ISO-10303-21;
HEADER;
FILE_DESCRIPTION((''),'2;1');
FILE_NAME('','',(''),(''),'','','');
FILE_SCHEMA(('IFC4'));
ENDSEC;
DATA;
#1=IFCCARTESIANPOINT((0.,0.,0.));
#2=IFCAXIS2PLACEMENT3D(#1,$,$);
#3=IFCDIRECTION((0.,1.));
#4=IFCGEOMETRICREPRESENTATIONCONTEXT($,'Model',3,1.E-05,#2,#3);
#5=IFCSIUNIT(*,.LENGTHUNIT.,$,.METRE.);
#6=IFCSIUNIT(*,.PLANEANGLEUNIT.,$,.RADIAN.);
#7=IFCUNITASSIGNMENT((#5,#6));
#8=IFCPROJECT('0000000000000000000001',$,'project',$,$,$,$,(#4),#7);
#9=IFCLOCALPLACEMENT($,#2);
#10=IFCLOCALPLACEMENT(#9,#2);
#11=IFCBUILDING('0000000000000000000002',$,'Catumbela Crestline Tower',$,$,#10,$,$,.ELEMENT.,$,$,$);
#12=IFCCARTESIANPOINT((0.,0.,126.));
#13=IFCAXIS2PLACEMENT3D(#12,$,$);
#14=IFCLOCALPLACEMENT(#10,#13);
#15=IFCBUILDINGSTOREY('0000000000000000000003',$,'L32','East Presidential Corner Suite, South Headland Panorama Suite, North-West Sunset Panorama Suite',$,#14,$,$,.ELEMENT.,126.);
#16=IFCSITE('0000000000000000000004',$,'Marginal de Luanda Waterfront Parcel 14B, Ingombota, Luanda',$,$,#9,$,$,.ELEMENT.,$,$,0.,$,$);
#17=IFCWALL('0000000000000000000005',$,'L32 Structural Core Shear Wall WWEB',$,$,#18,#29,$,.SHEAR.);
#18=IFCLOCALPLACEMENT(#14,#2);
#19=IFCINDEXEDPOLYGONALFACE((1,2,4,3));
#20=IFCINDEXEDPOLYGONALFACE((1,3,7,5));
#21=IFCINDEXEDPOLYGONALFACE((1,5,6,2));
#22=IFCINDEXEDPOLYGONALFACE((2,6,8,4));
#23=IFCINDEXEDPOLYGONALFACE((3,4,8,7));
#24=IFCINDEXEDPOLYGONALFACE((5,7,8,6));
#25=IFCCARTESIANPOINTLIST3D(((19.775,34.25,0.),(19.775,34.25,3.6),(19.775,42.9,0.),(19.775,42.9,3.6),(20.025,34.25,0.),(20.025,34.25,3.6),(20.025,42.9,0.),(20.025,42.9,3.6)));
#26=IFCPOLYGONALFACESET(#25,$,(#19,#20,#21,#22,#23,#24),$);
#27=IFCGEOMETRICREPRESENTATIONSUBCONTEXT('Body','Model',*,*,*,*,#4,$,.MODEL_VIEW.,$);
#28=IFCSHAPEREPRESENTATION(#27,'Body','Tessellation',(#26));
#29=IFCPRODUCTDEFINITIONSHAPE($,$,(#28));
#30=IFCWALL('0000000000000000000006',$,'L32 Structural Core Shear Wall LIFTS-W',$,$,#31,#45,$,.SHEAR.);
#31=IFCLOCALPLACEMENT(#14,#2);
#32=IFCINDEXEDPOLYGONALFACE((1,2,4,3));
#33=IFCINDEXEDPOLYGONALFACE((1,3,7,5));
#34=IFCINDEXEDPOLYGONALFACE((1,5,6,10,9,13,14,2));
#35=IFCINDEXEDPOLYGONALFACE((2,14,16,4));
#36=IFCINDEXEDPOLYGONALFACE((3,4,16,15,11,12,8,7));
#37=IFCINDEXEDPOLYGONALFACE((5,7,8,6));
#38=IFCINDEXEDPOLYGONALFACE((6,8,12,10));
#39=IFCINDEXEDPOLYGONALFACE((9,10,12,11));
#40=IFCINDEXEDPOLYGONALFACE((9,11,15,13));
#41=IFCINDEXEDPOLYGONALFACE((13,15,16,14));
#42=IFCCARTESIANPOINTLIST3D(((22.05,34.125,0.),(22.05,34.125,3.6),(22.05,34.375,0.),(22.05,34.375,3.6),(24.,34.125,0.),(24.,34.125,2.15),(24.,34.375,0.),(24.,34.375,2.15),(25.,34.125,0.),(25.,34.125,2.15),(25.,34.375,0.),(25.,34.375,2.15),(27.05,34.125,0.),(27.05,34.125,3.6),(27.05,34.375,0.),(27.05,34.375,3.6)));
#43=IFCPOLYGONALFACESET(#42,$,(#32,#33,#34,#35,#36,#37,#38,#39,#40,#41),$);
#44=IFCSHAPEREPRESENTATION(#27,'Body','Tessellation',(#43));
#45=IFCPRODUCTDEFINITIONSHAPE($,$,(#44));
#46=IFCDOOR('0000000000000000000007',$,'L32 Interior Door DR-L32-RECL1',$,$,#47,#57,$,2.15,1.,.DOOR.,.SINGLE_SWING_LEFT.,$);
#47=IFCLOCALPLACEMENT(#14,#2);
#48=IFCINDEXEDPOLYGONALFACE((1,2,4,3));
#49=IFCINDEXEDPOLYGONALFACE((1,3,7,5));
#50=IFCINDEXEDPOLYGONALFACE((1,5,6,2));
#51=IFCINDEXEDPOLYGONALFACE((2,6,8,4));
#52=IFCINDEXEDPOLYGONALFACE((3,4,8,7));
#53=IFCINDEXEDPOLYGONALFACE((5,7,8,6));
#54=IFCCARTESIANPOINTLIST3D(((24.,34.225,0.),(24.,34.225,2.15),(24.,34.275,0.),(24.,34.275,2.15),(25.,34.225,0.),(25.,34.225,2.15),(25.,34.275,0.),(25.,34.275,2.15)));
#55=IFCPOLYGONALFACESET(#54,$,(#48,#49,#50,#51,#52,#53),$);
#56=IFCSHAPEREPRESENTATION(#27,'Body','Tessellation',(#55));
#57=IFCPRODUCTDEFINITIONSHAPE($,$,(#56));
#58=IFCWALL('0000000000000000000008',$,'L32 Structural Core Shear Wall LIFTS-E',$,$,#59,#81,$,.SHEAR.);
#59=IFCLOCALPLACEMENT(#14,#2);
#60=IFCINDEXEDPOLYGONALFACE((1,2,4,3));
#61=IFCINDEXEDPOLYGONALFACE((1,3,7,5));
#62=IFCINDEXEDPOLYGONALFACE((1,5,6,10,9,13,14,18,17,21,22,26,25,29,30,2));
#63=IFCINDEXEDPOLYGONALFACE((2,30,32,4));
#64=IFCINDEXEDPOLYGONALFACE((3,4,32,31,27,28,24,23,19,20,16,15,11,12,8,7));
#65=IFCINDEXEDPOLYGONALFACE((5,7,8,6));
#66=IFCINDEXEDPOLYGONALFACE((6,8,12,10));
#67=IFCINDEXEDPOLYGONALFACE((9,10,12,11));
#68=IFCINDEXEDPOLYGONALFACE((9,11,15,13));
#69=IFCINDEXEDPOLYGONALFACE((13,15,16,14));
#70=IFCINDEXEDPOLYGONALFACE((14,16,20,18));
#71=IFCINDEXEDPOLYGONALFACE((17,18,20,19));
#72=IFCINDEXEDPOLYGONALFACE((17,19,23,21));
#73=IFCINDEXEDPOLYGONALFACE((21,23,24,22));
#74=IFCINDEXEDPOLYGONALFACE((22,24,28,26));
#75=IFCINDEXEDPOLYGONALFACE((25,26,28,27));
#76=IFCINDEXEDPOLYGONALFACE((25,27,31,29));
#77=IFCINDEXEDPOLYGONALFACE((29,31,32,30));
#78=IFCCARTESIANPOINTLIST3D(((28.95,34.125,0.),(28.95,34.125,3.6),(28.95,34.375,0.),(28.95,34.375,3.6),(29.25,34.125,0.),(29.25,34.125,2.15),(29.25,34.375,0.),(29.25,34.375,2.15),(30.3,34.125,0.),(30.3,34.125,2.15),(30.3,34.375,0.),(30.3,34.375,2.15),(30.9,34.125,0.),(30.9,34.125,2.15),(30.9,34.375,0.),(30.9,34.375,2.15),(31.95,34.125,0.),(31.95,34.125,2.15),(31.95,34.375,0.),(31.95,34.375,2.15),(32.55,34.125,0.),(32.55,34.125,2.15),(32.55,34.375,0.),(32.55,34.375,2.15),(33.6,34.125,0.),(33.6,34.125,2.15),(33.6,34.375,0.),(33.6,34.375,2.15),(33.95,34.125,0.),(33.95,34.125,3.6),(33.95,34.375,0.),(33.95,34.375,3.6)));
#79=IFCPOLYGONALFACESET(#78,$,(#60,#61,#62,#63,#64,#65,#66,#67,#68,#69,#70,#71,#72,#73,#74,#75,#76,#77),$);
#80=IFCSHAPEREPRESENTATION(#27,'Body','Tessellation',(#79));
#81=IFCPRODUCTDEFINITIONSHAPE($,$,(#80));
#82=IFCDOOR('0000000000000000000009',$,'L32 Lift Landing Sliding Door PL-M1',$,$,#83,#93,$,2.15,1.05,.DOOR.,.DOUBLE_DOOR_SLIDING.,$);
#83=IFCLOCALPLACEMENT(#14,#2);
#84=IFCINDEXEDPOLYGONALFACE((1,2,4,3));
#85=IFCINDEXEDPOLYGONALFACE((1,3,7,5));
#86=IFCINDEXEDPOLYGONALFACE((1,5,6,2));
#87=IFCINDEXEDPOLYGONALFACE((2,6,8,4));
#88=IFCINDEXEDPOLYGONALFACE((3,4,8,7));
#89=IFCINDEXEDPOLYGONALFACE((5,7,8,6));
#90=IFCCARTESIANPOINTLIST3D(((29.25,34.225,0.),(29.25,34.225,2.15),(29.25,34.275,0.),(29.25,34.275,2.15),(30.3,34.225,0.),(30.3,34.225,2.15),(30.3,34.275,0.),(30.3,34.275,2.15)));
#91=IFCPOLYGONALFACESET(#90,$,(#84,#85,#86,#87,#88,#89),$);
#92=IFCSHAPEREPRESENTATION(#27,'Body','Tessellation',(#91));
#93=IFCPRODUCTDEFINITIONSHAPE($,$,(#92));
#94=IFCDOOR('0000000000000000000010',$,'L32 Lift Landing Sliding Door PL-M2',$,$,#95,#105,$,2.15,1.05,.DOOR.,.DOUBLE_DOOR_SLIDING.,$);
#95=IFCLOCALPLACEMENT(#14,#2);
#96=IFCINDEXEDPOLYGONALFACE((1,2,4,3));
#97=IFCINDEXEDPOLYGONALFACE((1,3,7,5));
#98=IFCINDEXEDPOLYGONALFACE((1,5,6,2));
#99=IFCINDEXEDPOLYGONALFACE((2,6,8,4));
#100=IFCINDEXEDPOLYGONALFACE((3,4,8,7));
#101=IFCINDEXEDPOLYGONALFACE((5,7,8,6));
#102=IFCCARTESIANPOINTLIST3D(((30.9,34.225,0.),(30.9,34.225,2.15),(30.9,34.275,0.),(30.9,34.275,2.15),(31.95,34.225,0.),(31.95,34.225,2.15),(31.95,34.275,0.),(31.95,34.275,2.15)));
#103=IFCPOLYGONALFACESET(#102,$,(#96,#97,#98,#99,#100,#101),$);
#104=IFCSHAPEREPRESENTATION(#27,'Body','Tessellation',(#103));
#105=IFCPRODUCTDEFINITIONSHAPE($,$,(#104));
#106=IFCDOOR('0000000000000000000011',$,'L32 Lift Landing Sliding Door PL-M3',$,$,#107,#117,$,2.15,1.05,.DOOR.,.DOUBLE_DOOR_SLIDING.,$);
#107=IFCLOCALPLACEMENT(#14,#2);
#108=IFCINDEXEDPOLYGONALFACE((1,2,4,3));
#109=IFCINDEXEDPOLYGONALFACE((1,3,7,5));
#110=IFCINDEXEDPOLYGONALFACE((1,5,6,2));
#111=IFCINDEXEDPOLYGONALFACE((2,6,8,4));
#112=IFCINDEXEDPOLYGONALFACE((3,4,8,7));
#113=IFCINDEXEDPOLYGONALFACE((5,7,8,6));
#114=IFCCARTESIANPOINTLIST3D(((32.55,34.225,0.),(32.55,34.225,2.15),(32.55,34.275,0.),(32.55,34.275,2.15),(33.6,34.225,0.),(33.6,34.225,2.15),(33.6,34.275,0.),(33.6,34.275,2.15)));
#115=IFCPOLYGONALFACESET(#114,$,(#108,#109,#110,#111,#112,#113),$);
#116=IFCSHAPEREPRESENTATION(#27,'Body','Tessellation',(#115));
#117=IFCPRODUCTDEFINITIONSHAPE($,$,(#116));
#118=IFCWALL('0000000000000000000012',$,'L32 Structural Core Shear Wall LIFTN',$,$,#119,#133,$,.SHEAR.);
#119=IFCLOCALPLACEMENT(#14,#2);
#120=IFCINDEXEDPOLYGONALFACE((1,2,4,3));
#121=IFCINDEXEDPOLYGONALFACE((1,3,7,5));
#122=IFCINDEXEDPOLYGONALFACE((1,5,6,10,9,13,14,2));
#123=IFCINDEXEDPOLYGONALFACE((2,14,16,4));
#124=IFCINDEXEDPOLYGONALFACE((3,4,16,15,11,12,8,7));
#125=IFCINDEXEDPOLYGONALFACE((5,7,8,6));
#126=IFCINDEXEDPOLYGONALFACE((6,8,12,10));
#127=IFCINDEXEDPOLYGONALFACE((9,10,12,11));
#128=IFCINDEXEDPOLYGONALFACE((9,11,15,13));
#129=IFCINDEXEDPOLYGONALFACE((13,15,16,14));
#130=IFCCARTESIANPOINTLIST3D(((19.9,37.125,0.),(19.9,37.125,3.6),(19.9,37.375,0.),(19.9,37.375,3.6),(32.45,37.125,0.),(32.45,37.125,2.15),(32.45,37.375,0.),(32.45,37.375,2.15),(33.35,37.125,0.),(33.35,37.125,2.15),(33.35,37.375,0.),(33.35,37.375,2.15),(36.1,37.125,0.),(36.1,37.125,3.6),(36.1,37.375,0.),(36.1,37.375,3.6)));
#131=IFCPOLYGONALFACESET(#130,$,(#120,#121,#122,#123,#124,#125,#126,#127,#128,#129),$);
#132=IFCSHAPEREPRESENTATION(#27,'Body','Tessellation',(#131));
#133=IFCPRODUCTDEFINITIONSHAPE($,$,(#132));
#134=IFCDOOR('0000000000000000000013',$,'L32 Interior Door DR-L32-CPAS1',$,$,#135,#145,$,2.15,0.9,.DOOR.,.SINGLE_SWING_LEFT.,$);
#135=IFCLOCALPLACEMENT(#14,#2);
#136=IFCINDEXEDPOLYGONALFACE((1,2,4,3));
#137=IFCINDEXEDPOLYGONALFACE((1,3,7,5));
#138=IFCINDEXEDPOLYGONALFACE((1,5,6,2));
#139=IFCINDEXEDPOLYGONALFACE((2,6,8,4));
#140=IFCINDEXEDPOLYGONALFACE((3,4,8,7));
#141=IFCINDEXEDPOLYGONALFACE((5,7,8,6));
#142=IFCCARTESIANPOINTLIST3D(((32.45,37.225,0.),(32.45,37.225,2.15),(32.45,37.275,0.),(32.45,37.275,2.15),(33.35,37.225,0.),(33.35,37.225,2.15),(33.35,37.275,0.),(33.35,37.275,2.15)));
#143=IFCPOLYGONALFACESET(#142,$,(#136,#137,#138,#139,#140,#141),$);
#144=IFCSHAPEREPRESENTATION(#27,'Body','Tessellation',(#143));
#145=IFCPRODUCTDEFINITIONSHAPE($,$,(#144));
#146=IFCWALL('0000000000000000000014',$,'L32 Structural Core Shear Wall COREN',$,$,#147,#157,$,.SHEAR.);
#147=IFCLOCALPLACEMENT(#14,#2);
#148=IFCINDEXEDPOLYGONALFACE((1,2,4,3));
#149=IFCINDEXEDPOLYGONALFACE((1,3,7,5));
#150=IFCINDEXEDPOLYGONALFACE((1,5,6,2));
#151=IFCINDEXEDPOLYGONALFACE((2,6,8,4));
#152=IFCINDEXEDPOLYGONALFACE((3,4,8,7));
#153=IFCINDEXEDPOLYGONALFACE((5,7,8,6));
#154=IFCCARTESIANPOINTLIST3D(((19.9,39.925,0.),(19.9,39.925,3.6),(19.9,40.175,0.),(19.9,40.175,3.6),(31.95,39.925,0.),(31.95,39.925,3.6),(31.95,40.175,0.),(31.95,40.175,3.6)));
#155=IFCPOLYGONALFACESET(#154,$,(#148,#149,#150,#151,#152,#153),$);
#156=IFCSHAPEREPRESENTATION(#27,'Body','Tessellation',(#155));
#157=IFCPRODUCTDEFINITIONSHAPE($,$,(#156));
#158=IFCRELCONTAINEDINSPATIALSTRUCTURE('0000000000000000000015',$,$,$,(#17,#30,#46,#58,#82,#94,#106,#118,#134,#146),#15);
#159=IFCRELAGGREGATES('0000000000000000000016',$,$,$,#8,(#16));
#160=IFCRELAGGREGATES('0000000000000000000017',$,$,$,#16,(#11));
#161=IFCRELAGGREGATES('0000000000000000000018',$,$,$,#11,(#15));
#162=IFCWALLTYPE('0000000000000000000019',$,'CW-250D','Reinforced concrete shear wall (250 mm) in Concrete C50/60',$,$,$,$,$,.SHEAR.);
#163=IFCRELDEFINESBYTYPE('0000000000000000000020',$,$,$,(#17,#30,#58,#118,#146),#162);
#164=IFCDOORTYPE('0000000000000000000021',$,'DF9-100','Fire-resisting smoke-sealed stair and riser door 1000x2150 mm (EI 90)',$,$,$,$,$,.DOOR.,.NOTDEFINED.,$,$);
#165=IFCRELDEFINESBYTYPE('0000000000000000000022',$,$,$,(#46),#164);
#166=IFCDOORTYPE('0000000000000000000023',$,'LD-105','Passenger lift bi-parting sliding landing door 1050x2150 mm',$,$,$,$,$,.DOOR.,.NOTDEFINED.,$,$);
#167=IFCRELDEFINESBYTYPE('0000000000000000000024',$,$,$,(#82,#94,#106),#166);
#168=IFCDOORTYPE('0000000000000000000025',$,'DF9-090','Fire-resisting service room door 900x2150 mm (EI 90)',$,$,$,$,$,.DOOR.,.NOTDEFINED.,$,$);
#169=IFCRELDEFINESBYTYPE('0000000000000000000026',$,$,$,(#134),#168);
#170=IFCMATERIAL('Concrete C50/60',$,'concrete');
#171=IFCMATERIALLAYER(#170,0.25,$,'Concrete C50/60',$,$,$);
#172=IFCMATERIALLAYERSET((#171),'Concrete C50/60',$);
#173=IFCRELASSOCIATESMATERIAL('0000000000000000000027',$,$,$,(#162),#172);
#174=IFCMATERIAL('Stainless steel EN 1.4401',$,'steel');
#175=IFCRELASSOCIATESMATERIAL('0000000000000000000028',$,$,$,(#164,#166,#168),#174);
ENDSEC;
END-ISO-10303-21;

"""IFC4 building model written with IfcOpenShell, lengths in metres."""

from ifc_helpers import new_model, si_unit, direction, frame, frame_2d, origin, place, context, subcontext, project, spatial, rectangle, extrude, material, layer, layer_set, type_object, element, fill, save


model = new_model("IFC4")

# Units and contexts
model_context = context("Model", 3, precision=1e-05, world=origin(), true_north=direction((0.0, 1.0)))
body_context = subcontext(model_context, "Body", "Model", "MODEL_VIEW")
ifc_project = project(units=[si_unit("LENGTHUNIT", "METRE"), si_unit("PLANEANGLEUNIT", "RADIAN")], contexts=[model_context])

# Site, building, storey
site_placement = place(None, origin())
site = spatial("IfcSite", under=ifc_project, at=site_placement, Name="Marginal de Luanda Waterfront Parcel 14B, Ingombota, Luanda", CompositionType="ELEMENT", RefElevation=0.0)
building_placement = place(site_placement, origin())
building = spatial("IfcBuilding", under=site, at=building_placement, Name="Catumbela Crestline Tower", CompositionType="ELEMENT")
storey_placement = place(building_placement, frame((0.0, 0.0, 126.0)))
storey = spatial("IfcBuildingStorey", under=building, at=storey_placement, Name="L32", Description="East Presidential Corner Suite, South Headland Panorama Suite, North-West Sunset Panorama Suite", CompositionType="ELEMENT", Elevation=126.0)

# Wall
ifc_material_1 = material(Name="Concrete C50/60", Category="concrete")
ifc_layer_1 = layer(ifc_material_1, 0.25, Name="Concrete C50/60")
ifc_layer_set_1 = layer_set([ifc_layer_1], Name="Concrete C50/60")
wall_type_1 = type_object("IfcWallType", Name="CW-250D", Description="Reinforced concrete shear wall (250 mm) in Concrete C50/60", PredefinedType="SHEAR", material=ifc_layer_set_1)
wall_1_placement = place(storey_placement, frame((19.9, 34.25, 0.0), z_axis=(0.0, 0.0, 1.0), x_axis=(0.0, 1.0, 0.0)))
element("IfcWall", 1, at=wall_1_placement, inside=storey, type_object=wall_type_1, Name="L32 Structural Core Shear Wall WWEB", PredefinedType="SHEAR", context=body_context, shape_type="SweptSolid", body=[
    extrude(rectangle(XDim=8.65, YDim=0.25, at=frame_2d((4.325, 0.0))), origin(), (0.0, 0.0, 1.0), 3.6),
])

# Wall, opening, door
wall_2_placement = place(storey_placement, frame((22.05, 34.25, 0.0), z_axis=(0.0, 0.0, 1.0), x_axis=(1.0, 0.0, 0.0)))
wall_2 = element("IfcWall", 2, at=wall_2_placement, inside=storey, type_object=wall_type_1, Name="L32 Structural Core Shear Wall LIFTS-W", PredefinedType="SHEAR", context=body_context, shape_type="SweptSolid", body=[
    extrude(rectangle(XDim=5.0, YDim=0.25, at=frame_2d((2.5, 0.0))), origin(), (0.0, 0.0, 1.0), 3.6),
])
opening_1_placement = place(wall_2_placement, frame((1.95, 0.0, 0.0)))
opening_1 = element("IfcOpeningElement", 3, at=opening_1_placement, cuts=wall_2, PredefinedType="OPENING", context=body_context, shape_type="SweptSolid", body=[
    extrude(rectangle(XDim=1.0, YDim=2.15, at=frame_2d((0.5, 1.075))), frame((0.0, 0.135, 0.0), z_axis=(0.0, -1.0, 0.0), x_axis=(1.0, 0.0, 0.0)), (0.0, 0.0, 1.0), 0.27),
])
ifc_material_2 = material(Name="Stainless steel EN 1.4401", Category="steel")
door_type_1 = type_object("IfcDoorType", Name="DF9-100", Description="Fire-resisting smoke-sealed stair and riser door 1000x2150 mm (EI 90)", OperationType="NOTDEFINED", PredefinedType="DOOR", material=ifc_material_2)
door_1_placement = place(opening_1_placement, origin())
door_1 = element("IfcDoor", 4, at=door_1_placement, inside=storey, type_object=door_type_1, Name="L32 Interior Door DR-L32-RECL1", OperationType="SINGLE_SWING_LEFT", OverallHeight=2.15, OverallWidth=1.0, PredefinedType="DOOR", context=body_context, shape_type="SweptSolid", body=[
    extrude(rectangle(XDim=1.0, YDim=2.15, at=frame_2d((0.5, 1.075))), frame((0.0, 0.025, 0.0), z_axis=(0.0, -1.0, 0.0), x_axis=(1.0, 0.0, 0.0)), (0.0, 0.0, 1.0), 0.05),
])
fill(opening_1, door_1)

# Wall, openings, doors
wall_3_placement = place(storey_placement, frame((28.95, 34.25, 0.0), z_axis=(0.0, 0.0, 1.0), x_axis=(1.0, 0.0, 0.0)))
wall_3 = element("IfcWall", 5, at=wall_3_placement, inside=storey, type_object=wall_type_1, Name="L32 Structural Core Shear Wall LIFTS-E", PredefinedType="SHEAR", context=body_context, shape_type="SweptSolid", body=[
    extrude(rectangle(XDim=5.0, YDim=0.25, at=frame_2d((2.5, 0.0))), origin(), (0.0, 0.0, 1.0), 3.6),
])
opening_2_placement = place(wall_3_placement, frame((0.3, 0.0, 0.0)))
opening_2 = element("IfcOpeningElement", 6, at=opening_2_placement, cuts=wall_3, PredefinedType="OPENING", context=body_context, shape_type="SweptSolid", body=[
    extrude(rectangle(XDim=1.05, YDim=2.15, at=frame_2d((0.525, 1.075))), frame((0.0, 0.135, 0.0), z_axis=(0.0, -1.0, 0.0), x_axis=(1.0, 0.0, 0.0)), (0.0, 0.0, 1.0), 0.27),
])
opening_3_placement = place(wall_3_placement, frame((1.95, 0.0, 0.0)))
opening_3 = element("IfcOpeningElement", 7, at=opening_3_placement, cuts=wall_3, PredefinedType="OPENING", context=body_context, shape_type="SweptSolid", body=[
    extrude(rectangle(XDim=1.05, YDim=2.15, at=frame_2d((0.525, 1.075))), frame((0.0, 0.135, 0.0), z_axis=(0.0, -1.0, 0.0), x_axis=(1.0, 0.0, 0.0)), (0.0, 0.0, 1.0), 0.27),
])
opening_4_placement = place(wall_3_placement, frame((3.6, 0.0, 0.0)))
opening_4 = element("IfcOpeningElement", 8, at=opening_4_placement, cuts=wall_3, PredefinedType="OPENING", context=body_context, shape_type="SweptSolid", body=[
    extrude(rectangle(XDim=1.05, YDim=2.15, at=frame_2d((0.525, 1.075))), frame((0.0, 0.135, 0.0), z_axis=(0.0, -1.0, 0.0), x_axis=(1.0, 0.0, 0.0)), (0.0, 0.0, 1.0), 0.27),
])
door_type_2 = type_object("IfcDoorType", Name="LD-105", Description="Passenger lift bi-parting sliding landing door 1050x2150 mm", OperationType="NOTDEFINED", PredefinedType="DOOR", material=ifc_material_2)
door_2_placement = place(opening_2_placement, origin())
door_2 = element("IfcDoor", 9, at=door_2_placement, inside=storey, type_object=door_type_2, Name="L32 Lift Landing Sliding Door PL-M1", OperationType="DOUBLE_DOOR_SLIDING", OverallHeight=2.15, OverallWidth=1.05, PredefinedType="DOOR", context=body_context, shape_type="SweptSolid", body=[
    extrude(rectangle(XDim=1.05, YDim=2.15, at=frame_2d((0.525, 1.075))), frame((0.0, 0.025, 0.0), z_axis=(0.0, -1.0, 0.0), x_axis=(1.0, 0.0, 0.0)), (0.0, 0.0, 1.0), 0.05),
])
fill(opening_2, door_2)
door_3_placement = place(opening_3_placement, origin())
door_3 = element("IfcDoor", 10, at=door_3_placement, inside=storey, type_object=door_type_2, Name="L32 Lift Landing Sliding Door PL-M2", OperationType="DOUBLE_DOOR_SLIDING", OverallHeight=2.15, OverallWidth=1.05, PredefinedType="DOOR", context=body_context, shape_type="SweptSolid", body=[
    extrude(rectangle(XDim=1.05, YDim=2.15, at=frame_2d((0.525, 1.075))), frame((0.0, 0.025, 0.0), z_axis=(0.0, -1.0, 0.0), x_axis=(1.0, 0.0, 0.0)), (0.0, 0.0, 1.0), 0.05),
])
fill(opening_3, door_3)
door_4_placement = place(opening_4_placement, origin())
door_4 = element("IfcDoor", 11, at=door_4_placement, inside=storey, type_object=door_type_2, Name="L32 Lift Landing Sliding Door PL-M3", OperationType="DOUBLE_DOOR_SLIDING", OverallHeight=2.15, OverallWidth=1.05, PredefinedType="DOOR", context=body_context, shape_type="SweptSolid", body=[
    extrude(rectangle(XDim=1.05, YDim=2.15, at=frame_2d((0.525, 1.075))), frame((0.0, 0.025, 0.0), z_axis=(0.0, -1.0, 0.0), x_axis=(1.0, 0.0, 0.0)), (0.0, 0.0, 1.0), 0.05),
])
fill(opening_4, door_4)

# Wall, opening, door
wall_4_placement = place(storey_placement, frame((19.9, 37.25, 0.0), z_axis=(0.0, 0.0, 1.0), x_axis=(1.0, 0.0, 0.0)))
wall_4 = element("IfcWall", 12, at=wall_4_placement, inside=storey, type_object=wall_type_1, Name="L32 Structural Core Shear Wall LIFTN", PredefinedType="SHEAR", context=body_context, shape_type="SweptSolid", body=[
    extrude(rectangle(XDim=16.2, YDim=0.25, at=frame_2d((8.1, 0.0))), origin(), (0.0, 0.0, 1.0), 3.6),
])
opening_5_placement = place(wall_4_placement, frame((12.55, 0.0, 0.0)))
opening_5 = element("IfcOpeningElement", 13, at=opening_5_placement, cuts=wall_4, PredefinedType="OPENING", context=body_context, shape_type="SweptSolid", body=[
    extrude(rectangle(XDim=0.9, YDim=2.15, at=frame_2d((0.45, 1.075))), frame((0.0, 0.135, 0.0), z_axis=(0.0, -1.0, 0.0), x_axis=(1.0, 0.0, 0.0)), (0.0, 0.0, 1.0), 0.27),
])
door_type_3 = type_object("IfcDoorType", Name="DF9-090", Description="Fire-resisting service room door 900x2150 mm (EI 90)", OperationType="NOTDEFINED", PredefinedType="DOOR", material=ifc_material_2)
door_5_placement = place(opening_5_placement, origin())
door_5 = element("IfcDoor", 14, at=door_5_placement, inside=storey, type_object=door_type_3, Name="L32 Interior Door DR-L32-CPAS1", OperationType="SINGLE_SWING_LEFT", OverallHeight=2.15, OverallWidth=0.9, PredefinedType="DOOR", context=body_context, shape_type="SweptSolid", body=[
    extrude(rectangle(XDim=0.9, YDim=2.15, at=frame_2d((0.45, 1.075))), frame((0.0, 0.025, 0.0), z_axis=(0.0, -1.0, 0.0), x_axis=(1.0, 0.0, 0.0)), (0.0, 0.0, 1.0), 0.05),
])
fill(opening_5, door_5)

# Wall
wall_5_placement = place(storey_placement, frame((19.9, 40.05, 0.0), z_axis=(0.0, 0.0, 1.0), x_axis=(1.0, 0.0, 0.0)))
element("IfcWall", 15, at=wall_5_placement, inside=storey, type_object=wall_type_1, Name="L32 Structural Core Shear Wall COREN", PredefinedType="SHEAR", context=body_context, shape_type="SweptSolid", body=[
    extrude(rectangle(XDim=12.05, YDim=0.25, at=frame_2d((6.025, 0.0))), origin(), (0.0, 0.0, 1.0), 3.6),
])

save(model, "model.ifc")
